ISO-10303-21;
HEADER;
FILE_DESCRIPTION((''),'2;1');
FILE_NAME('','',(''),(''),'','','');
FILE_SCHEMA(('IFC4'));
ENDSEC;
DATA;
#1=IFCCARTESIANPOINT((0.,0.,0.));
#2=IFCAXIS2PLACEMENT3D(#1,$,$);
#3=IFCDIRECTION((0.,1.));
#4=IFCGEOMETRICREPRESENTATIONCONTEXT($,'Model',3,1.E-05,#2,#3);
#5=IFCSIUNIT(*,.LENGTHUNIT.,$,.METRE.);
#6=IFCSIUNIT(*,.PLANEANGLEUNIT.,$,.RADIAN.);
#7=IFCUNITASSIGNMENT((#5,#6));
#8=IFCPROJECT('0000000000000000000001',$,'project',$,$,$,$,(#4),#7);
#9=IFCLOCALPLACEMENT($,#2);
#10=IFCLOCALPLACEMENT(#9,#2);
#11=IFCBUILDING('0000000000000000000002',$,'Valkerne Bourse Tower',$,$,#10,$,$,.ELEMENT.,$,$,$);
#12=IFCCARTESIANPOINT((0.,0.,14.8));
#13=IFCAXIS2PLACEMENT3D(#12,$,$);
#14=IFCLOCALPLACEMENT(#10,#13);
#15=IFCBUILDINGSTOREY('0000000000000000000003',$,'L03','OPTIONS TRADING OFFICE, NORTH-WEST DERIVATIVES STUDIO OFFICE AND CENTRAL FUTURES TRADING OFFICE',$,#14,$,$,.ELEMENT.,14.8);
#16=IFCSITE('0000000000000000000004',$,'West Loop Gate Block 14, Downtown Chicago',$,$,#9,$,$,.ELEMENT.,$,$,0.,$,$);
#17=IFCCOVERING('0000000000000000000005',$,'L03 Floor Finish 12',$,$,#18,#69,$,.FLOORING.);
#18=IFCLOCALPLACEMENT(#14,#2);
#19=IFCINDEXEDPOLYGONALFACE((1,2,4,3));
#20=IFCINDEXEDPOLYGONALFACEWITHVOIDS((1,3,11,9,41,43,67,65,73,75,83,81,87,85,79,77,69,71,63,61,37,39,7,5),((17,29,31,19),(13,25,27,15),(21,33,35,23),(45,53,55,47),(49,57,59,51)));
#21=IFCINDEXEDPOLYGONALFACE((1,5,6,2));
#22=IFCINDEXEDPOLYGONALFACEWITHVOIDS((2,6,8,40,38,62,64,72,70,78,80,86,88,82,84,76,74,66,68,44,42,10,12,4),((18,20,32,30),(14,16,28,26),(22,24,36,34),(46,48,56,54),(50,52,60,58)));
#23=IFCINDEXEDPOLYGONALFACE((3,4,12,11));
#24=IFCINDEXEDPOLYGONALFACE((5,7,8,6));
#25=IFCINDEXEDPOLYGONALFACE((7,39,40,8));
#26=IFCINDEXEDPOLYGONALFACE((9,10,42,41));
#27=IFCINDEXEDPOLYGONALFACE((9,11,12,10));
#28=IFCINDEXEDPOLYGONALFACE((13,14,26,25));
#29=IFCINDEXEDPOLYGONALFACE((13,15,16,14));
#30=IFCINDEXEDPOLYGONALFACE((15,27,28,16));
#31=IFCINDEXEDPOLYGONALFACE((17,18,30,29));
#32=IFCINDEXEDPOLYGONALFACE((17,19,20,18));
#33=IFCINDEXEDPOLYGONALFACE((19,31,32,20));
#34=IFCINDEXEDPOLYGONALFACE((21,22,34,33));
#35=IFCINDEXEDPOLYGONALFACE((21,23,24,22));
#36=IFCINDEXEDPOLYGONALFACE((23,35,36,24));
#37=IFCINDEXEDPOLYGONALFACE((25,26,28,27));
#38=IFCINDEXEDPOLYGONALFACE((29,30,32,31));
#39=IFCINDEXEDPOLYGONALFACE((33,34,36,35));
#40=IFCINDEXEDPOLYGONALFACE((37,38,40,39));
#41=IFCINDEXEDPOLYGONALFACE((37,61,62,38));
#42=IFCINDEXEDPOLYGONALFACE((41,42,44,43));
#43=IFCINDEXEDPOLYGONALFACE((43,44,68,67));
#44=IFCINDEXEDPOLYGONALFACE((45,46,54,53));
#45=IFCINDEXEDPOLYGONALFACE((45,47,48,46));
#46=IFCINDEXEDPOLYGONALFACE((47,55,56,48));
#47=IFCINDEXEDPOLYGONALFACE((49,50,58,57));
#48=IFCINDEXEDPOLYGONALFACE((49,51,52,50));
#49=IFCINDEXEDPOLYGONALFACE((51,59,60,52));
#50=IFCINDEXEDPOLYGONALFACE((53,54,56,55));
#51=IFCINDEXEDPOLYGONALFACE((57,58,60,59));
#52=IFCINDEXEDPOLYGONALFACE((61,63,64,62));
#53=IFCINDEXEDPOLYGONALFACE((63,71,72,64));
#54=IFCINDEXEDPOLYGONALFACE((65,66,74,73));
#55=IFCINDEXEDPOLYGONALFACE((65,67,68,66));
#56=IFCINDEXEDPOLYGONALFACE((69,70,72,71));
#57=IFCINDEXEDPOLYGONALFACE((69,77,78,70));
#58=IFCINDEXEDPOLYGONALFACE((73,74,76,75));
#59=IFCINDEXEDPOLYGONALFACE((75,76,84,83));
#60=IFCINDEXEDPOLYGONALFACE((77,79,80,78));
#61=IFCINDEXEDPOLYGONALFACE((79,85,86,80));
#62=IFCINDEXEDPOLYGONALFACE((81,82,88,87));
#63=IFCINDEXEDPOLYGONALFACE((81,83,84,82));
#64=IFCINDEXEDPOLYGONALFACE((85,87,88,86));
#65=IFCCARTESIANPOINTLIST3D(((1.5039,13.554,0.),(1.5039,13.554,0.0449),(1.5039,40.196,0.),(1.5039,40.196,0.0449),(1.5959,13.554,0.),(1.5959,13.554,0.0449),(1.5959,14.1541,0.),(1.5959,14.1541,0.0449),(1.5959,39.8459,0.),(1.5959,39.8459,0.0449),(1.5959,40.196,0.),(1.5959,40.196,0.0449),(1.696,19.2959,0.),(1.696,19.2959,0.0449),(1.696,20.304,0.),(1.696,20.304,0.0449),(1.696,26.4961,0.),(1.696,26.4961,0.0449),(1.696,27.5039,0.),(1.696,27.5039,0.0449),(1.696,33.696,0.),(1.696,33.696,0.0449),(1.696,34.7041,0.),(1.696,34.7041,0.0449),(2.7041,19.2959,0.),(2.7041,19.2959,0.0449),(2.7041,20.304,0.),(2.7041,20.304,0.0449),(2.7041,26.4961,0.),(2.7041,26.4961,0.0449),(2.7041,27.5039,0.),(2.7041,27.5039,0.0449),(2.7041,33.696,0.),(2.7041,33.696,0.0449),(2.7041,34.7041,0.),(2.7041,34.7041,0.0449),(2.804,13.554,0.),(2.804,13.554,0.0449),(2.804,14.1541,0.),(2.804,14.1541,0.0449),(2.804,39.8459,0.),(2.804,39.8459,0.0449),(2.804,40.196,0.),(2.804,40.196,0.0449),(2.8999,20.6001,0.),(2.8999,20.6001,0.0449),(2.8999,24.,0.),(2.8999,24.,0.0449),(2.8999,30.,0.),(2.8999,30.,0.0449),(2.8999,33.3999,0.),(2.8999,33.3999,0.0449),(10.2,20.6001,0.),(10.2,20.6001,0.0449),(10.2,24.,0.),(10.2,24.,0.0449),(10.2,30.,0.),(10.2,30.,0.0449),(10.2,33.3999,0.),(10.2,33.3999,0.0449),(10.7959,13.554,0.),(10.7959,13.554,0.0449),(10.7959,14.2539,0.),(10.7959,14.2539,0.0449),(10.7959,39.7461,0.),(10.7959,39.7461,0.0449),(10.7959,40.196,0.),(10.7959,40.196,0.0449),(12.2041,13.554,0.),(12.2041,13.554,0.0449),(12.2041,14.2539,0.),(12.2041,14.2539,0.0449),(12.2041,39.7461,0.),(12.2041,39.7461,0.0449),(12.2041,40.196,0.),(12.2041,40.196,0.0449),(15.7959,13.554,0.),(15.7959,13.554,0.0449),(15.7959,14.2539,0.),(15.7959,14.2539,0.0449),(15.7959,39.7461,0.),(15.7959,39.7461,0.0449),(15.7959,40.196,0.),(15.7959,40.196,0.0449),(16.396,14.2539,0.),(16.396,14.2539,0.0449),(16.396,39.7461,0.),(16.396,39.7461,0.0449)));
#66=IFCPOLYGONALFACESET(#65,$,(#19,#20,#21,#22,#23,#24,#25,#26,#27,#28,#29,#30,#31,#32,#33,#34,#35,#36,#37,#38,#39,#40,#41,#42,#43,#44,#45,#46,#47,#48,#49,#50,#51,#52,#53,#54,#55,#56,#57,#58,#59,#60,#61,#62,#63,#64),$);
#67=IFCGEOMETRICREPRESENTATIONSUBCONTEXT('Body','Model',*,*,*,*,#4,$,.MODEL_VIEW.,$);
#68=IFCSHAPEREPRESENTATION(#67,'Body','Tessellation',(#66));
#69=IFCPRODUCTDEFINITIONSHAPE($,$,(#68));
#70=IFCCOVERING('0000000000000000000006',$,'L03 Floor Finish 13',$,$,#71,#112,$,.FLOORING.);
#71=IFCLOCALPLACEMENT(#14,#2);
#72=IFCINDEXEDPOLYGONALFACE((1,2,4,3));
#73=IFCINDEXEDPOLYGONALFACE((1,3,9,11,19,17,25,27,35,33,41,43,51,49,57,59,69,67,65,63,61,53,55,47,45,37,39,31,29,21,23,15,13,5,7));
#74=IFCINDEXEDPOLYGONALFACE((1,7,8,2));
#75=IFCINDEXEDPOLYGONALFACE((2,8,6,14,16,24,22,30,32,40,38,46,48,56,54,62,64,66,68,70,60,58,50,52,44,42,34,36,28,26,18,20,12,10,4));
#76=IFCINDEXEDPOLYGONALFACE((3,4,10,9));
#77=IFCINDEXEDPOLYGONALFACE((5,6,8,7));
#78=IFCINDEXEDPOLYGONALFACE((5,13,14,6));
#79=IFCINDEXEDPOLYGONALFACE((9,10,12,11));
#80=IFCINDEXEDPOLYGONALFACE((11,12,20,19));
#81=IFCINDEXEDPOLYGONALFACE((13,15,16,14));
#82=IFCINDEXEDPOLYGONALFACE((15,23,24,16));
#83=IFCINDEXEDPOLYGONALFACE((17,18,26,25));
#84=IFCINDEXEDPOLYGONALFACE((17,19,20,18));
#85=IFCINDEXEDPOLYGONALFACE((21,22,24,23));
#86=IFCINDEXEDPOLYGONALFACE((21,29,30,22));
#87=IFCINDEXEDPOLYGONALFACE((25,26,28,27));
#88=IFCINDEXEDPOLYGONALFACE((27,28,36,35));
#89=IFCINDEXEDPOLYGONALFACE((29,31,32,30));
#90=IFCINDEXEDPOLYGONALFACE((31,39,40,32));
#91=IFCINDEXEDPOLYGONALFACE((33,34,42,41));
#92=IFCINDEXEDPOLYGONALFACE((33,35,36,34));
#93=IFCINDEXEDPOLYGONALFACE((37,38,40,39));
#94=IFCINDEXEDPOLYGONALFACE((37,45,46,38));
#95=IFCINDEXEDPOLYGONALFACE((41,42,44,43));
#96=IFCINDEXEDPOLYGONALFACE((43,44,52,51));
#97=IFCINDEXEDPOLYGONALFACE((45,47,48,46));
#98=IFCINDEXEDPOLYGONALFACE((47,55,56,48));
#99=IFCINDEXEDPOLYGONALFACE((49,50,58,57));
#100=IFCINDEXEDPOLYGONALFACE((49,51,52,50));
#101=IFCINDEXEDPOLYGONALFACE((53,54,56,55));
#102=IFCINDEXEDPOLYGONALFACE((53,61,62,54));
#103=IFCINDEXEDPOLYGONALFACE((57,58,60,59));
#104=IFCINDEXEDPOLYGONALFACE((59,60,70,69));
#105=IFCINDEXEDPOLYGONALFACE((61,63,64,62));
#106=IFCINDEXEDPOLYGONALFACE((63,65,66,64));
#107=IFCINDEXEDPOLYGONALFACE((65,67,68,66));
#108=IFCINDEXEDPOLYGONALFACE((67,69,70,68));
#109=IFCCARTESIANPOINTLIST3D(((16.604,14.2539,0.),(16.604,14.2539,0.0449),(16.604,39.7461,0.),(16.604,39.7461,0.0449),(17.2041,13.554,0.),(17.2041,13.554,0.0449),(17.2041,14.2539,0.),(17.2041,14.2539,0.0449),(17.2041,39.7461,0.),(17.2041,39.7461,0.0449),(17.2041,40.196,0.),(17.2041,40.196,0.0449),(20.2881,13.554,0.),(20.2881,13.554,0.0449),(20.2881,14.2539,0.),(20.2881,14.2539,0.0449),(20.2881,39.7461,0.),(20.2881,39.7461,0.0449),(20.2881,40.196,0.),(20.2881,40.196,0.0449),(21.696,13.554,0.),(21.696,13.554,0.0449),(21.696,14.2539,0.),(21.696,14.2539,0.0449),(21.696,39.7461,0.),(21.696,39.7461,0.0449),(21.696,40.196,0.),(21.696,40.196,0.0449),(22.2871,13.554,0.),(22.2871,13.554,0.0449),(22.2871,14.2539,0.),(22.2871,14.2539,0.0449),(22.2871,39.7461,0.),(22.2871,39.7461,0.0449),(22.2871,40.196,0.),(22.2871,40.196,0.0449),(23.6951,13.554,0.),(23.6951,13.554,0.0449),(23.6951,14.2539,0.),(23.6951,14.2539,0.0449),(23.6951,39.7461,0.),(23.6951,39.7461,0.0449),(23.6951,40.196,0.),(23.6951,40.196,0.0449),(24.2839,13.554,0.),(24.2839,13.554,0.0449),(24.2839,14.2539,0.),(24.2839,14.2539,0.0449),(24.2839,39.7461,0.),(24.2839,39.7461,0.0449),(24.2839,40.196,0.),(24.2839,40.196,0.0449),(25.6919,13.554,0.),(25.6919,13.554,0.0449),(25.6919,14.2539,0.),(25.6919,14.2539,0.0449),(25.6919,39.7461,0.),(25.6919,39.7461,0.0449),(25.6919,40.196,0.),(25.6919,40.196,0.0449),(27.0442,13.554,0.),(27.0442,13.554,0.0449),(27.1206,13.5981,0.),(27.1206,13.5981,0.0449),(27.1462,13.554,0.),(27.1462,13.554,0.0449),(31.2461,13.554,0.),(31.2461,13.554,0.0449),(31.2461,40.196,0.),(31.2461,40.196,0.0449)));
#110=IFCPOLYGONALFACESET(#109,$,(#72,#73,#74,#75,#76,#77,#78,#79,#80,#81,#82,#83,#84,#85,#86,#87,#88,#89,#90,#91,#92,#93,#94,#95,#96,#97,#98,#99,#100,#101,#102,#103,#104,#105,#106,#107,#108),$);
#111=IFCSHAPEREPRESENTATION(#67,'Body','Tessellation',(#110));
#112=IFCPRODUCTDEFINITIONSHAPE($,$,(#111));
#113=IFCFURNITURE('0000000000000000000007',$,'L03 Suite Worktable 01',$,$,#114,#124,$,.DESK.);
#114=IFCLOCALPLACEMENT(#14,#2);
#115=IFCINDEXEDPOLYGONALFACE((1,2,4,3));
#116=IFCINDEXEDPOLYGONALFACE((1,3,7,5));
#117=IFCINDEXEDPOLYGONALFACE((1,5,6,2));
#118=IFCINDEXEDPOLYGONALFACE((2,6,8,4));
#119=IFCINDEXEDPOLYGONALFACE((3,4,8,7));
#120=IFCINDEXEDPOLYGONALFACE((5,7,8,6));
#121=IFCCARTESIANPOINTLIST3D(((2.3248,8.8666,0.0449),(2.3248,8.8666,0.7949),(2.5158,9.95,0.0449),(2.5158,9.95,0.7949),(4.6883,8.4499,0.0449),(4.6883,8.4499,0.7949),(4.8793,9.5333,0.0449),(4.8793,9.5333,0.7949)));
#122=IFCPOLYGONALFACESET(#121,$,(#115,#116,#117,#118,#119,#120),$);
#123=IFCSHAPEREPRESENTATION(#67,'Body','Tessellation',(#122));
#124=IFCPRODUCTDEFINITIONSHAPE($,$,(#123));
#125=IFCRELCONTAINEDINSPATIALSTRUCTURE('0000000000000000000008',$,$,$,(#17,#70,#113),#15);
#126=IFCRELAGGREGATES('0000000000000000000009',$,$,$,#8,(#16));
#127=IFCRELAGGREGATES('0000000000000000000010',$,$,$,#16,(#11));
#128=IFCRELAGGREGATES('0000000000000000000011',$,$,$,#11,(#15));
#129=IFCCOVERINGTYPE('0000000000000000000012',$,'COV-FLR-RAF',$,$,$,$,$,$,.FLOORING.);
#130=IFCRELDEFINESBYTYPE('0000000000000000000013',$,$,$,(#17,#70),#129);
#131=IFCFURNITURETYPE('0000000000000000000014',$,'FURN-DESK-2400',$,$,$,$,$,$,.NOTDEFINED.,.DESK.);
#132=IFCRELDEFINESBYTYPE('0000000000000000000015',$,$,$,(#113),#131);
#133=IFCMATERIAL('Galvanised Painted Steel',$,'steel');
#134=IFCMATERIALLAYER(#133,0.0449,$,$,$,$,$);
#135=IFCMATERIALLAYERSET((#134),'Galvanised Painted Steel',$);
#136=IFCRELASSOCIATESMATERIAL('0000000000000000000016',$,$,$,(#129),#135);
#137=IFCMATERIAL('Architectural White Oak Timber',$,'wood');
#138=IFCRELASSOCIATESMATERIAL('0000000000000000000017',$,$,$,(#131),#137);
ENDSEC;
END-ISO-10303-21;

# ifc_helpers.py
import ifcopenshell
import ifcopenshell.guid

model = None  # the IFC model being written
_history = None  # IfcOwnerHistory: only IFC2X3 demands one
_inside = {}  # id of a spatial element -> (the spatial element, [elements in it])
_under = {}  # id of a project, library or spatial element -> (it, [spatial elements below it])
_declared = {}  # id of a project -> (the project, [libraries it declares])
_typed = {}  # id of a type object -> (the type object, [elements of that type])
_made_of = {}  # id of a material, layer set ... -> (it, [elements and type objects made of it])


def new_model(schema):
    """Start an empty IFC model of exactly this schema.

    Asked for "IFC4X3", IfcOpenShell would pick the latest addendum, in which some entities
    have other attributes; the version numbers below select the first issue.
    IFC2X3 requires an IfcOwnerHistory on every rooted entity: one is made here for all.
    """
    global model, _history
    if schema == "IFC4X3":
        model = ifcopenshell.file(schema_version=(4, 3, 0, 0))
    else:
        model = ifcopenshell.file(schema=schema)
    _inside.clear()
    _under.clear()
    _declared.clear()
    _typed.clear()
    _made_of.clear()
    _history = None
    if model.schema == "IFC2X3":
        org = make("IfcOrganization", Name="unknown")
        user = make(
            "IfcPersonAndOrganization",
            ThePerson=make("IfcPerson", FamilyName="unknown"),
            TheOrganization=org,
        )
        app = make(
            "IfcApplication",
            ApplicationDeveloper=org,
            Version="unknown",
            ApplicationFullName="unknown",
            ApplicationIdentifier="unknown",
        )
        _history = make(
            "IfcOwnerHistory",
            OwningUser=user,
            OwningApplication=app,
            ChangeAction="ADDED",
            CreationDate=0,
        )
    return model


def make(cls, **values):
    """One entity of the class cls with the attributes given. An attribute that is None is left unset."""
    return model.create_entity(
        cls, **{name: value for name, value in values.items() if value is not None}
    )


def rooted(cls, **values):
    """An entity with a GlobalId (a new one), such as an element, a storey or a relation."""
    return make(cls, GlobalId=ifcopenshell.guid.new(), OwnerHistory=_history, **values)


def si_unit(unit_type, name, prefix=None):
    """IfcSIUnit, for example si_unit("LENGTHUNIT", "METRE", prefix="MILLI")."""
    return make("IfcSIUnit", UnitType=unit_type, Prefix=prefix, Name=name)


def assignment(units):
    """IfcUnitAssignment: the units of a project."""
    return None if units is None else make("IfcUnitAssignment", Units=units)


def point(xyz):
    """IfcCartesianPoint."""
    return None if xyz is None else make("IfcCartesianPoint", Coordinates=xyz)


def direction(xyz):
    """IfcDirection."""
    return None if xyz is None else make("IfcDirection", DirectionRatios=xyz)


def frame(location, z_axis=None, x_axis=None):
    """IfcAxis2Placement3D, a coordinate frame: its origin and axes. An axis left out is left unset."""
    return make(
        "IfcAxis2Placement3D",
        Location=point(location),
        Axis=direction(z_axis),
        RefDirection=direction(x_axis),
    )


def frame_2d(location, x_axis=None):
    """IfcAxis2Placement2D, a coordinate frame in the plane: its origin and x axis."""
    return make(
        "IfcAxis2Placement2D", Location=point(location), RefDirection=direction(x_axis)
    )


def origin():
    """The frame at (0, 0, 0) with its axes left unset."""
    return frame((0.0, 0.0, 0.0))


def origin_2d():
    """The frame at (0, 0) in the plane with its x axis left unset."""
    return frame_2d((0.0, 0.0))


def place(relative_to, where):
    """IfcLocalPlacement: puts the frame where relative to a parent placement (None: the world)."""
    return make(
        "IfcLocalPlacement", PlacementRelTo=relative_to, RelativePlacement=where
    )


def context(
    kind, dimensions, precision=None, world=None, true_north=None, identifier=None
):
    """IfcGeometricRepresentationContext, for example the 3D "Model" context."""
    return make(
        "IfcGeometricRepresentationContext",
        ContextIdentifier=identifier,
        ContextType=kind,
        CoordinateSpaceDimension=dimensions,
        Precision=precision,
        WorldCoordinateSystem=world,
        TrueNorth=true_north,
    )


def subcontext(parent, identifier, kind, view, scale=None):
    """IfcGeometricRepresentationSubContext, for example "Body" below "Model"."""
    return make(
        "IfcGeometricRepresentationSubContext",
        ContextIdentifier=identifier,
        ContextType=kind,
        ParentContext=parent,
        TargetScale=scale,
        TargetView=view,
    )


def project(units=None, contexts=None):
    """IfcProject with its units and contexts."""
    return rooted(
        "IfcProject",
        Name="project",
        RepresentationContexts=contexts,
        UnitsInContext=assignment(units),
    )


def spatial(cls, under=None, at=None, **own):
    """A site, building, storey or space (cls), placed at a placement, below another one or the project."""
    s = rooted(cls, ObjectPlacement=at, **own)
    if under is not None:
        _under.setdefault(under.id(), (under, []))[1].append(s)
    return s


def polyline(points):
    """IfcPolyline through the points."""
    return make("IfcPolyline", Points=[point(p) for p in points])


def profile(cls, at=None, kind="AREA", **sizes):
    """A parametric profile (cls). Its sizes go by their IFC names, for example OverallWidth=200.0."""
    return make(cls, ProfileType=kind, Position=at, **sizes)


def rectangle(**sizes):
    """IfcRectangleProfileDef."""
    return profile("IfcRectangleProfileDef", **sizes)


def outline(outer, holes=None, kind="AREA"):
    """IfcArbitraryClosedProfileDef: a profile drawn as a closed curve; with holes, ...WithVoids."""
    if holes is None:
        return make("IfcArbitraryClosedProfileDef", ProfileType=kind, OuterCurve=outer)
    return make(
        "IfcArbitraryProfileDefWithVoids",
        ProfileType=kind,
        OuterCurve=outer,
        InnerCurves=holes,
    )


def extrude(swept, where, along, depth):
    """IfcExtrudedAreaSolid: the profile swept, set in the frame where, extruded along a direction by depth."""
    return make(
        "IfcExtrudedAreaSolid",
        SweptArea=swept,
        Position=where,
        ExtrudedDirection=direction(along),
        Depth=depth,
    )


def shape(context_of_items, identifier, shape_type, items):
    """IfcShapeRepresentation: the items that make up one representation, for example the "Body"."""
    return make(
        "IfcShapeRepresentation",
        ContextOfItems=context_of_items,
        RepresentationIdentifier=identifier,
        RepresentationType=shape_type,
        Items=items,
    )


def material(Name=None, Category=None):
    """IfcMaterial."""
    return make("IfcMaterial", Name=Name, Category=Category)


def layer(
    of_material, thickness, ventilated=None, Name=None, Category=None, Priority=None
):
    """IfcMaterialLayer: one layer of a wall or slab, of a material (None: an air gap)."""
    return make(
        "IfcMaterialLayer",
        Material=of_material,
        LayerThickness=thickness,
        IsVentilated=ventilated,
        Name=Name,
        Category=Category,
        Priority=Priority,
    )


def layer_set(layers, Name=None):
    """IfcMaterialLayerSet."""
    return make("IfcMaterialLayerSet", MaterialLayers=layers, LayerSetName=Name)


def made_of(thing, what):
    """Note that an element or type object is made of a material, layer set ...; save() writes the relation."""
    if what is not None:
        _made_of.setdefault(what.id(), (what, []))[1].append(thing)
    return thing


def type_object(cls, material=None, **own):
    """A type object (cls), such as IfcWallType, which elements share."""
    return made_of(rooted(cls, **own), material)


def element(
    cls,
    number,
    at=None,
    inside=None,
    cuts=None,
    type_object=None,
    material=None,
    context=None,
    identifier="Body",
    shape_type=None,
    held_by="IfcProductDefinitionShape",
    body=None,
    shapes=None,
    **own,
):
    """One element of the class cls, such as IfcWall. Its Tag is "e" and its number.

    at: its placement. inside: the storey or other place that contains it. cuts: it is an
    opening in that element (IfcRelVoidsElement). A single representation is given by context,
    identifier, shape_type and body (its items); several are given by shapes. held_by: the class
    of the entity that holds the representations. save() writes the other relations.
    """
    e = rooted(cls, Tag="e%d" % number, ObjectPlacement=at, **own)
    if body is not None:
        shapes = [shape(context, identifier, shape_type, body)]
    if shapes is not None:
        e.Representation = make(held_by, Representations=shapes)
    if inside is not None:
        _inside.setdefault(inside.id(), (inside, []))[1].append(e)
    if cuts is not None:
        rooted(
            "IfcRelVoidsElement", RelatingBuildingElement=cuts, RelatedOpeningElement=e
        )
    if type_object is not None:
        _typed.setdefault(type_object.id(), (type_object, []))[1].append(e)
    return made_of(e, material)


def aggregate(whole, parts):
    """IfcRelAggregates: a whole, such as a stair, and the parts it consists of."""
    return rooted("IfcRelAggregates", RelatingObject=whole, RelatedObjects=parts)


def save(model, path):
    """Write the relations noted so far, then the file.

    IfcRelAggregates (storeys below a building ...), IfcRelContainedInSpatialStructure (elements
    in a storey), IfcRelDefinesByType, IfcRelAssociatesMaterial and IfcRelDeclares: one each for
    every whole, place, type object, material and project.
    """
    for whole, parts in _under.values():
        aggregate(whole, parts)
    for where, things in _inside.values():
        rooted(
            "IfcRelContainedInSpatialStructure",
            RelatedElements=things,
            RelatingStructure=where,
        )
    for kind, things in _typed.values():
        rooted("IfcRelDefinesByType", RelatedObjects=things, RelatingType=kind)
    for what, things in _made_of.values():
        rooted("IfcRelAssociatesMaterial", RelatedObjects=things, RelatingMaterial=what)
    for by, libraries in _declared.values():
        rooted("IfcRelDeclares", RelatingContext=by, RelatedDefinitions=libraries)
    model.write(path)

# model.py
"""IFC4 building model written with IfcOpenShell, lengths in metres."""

from ifc_helpers import new_model, si_unit, direction, frame, origin, origin_2d, place, context, subcontext, project, spatial, polyline, rectangle, outline, extrude, material, layer, layer_set, type_object, element, save


model = new_model("IFC4")

# Units and contexts
model_context = context("Model", 3, precision=1e-05, world=origin(), true_north=direction((0.0, 1.0)))
body_context = subcontext(model_context, "Body", "Model", "MODEL_VIEW")
ifc_project = project(units=[si_unit("LENGTHUNIT", "METRE"), si_unit("PLANEANGLEUNIT", "RADIAN")], contexts=[model_context])

# Site, building, storey
site_placement = place(None, origin())
site = spatial("IfcSite", under=ifc_project, at=site_placement, Name="West Loop Gate Block 14, Downtown Chicago", CompositionType="ELEMENT", RefElevation=0.0)
building_placement = place(site_placement, origin())
building = spatial("IfcBuilding", under=site, at=building_placement, Name="Valkerne Bourse Tower", CompositionType="ELEMENT")
storey_placement = place(building_placement, frame((0.0, 0.0, 14.8)))
storey = spatial("IfcBuildingStorey", under=building, at=storey_placement, Name="L03", Description="OPTIONS TRADING OFFICE, NORTH-WEST DERIVATIVES STUDIO OFFICE AND CENTRAL FUTURES TRADING OFFICE", CompositionType="ELEMENT", Elevation=14.8)

# Coverings
ifc_material_1 = material(Name="Galvanised Painted Steel", Category="steel")
ifc_layer_1 = layer(ifc_material_1, 0.0449)
ifc_layer_set_1 = layer_set([ifc_layer_1], Name="Galvanised Painted Steel")
covering_type_1 = type_object("IfcCoveringType", Name="COV-FLR-RAF", PredefinedType="FLOORING", material=ifc_layer_set_1)
covering_1_placement = place(storey_placement, origin())
element("IfcCovering", 1, at=covering_1_placement, inside=storey, type_object=covering_type_1, Name="L03 Floor Finish 12", PredefinedType="FLOORING", context=body_context, shape_type="SweptSolid", body=[
    extrude(outline(polyline([(1.5039, 40.196), (1.5959, 40.196), (1.5959, 39.8459), (2.804, 39.8459), (2.804, 40.196), (10.7959, 40.196), (10.7959, 39.7461), (12.2041, 39.7461), (12.2041, 40.196), (15.7959, 40.196), (15.7959, 39.7461), (16.396, 39.7461), (16.396, 14.2539), (15.7959, 14.2539), (15.7959, 13.554), (12.2041, 13.554), (12.2041, 14.2539), (10.7959, 14.2539), (10.7959, 13.554), (2.804, 13.554), (2.804, 14.1541), (1.5959, 14.1541), (1.5959, 13.554), (1.5039, 13.554), (1.5039, 40.196)]), holes=[polyline([(1.696, 20.304), (1.696, 19.2959), (2.7041, 19.2959), (2.7041, 20.304), (1.696, 20.304)]), polyline([(2.8999, 24.0), (2.8999, 20.6001), (10.2, 20.6001), (10.2, 24.0), (2.8999, 24.0)]), polyline([(2.7041, 27.5039), (1.696, 27.5039), (1.696, 26.4961), (2.7041, 26.4961), (2.7041, 27.5039)]), polyline([(2.8999, 30.0), (10.2, 30.0), (10.2, 33.3999), (2.8999, 33.3999), (2.8999, 30.0)]), polyline([(2.7041, 34.7041), (1.696, 34.7041), (1.696, 33.696), (2.7041, 33.696), (2.7041, 34.7041)])]), origin(), (0.0, 0.0, 1.0), 0.0449),
])
covering_2_placement = place(storey_placement, origin())
element("IfcCovering", 2, at=covering_2_placement, inside=storey, type_object=covering_type_1, Name="L03 Floor Finish 13", PredefinedType="FLOORING", context=body_context, shape_type="SweptSolid", body=[
    extrude(outline(polyline([(16.604, 39.7461), (17.2041, 39.7461), (17.2041, 40.196), (20.2881, 40.196), (20.2881, 39.7461), (21.696, 39.7461), (21.696, 40.196), (22.2871, 40.196), (22.2871, 39.7461), (23.6951, 39.7461), (23.6951, 40.196), (24.2839, 40.196), (24.2839, 39.7461), (25.6919, 39.7461), (25.6919, 40.196), (31.2461, 40.196), (31.2461, 13.554), (27.1462, 13.554), (27.1206, 13.5981), (27.0442, 13.554), (25.6919, 13.554), (25.6919, 14.2539), (24.2839, 14.2539), (24.2839, 13.554), (23.6951, 13.554), (23.6951, 14.2539), (22.2871, 14.2539), (22.2871, 13.554), (21.696, 13.554), (21.696, 14.2539), (20.2881, 14.2539), (20.2881, 13.554), (17.2041, 13.554), (17.2041, 14.2539), (16.604, 14.2539), (16.604, 39.7461)])), origin(), (0.0, 0.0, 1.0), 0.0449),
])

# Furniture
ifc_material_2 = material(Name="Architectural White Oak Timber", Category="wood")
furniture_type = type_object("IfcFurnitureType", Name="FURN-DESK-2400", AssemblyPlace="NOTDEFINED", PredefinedType="DESK", material=ifc_material_2)
furniture_placement = place(storey_placement, frame((3.6021, 9.2, 0.0449), z_axis=(0.0, 0.0, 1.0), x_axis=(-0.984808, 0.173648, 0.0)))
element("IfcFurniture", 3, at=furniture_placement, inside=storey, type_object=furniture_type, Name="L03 Suite Worktable 01", PredefinedType="DESK", context=body_context, shape_type="SweptSolid", body=[
    extrude(rectangle(XDim=2.3999, YDim=1.1001, at=origin_2d()), origin(), (0.0, 0.0, 1.0), 0.75),
])

save(model, "model.ifc")
